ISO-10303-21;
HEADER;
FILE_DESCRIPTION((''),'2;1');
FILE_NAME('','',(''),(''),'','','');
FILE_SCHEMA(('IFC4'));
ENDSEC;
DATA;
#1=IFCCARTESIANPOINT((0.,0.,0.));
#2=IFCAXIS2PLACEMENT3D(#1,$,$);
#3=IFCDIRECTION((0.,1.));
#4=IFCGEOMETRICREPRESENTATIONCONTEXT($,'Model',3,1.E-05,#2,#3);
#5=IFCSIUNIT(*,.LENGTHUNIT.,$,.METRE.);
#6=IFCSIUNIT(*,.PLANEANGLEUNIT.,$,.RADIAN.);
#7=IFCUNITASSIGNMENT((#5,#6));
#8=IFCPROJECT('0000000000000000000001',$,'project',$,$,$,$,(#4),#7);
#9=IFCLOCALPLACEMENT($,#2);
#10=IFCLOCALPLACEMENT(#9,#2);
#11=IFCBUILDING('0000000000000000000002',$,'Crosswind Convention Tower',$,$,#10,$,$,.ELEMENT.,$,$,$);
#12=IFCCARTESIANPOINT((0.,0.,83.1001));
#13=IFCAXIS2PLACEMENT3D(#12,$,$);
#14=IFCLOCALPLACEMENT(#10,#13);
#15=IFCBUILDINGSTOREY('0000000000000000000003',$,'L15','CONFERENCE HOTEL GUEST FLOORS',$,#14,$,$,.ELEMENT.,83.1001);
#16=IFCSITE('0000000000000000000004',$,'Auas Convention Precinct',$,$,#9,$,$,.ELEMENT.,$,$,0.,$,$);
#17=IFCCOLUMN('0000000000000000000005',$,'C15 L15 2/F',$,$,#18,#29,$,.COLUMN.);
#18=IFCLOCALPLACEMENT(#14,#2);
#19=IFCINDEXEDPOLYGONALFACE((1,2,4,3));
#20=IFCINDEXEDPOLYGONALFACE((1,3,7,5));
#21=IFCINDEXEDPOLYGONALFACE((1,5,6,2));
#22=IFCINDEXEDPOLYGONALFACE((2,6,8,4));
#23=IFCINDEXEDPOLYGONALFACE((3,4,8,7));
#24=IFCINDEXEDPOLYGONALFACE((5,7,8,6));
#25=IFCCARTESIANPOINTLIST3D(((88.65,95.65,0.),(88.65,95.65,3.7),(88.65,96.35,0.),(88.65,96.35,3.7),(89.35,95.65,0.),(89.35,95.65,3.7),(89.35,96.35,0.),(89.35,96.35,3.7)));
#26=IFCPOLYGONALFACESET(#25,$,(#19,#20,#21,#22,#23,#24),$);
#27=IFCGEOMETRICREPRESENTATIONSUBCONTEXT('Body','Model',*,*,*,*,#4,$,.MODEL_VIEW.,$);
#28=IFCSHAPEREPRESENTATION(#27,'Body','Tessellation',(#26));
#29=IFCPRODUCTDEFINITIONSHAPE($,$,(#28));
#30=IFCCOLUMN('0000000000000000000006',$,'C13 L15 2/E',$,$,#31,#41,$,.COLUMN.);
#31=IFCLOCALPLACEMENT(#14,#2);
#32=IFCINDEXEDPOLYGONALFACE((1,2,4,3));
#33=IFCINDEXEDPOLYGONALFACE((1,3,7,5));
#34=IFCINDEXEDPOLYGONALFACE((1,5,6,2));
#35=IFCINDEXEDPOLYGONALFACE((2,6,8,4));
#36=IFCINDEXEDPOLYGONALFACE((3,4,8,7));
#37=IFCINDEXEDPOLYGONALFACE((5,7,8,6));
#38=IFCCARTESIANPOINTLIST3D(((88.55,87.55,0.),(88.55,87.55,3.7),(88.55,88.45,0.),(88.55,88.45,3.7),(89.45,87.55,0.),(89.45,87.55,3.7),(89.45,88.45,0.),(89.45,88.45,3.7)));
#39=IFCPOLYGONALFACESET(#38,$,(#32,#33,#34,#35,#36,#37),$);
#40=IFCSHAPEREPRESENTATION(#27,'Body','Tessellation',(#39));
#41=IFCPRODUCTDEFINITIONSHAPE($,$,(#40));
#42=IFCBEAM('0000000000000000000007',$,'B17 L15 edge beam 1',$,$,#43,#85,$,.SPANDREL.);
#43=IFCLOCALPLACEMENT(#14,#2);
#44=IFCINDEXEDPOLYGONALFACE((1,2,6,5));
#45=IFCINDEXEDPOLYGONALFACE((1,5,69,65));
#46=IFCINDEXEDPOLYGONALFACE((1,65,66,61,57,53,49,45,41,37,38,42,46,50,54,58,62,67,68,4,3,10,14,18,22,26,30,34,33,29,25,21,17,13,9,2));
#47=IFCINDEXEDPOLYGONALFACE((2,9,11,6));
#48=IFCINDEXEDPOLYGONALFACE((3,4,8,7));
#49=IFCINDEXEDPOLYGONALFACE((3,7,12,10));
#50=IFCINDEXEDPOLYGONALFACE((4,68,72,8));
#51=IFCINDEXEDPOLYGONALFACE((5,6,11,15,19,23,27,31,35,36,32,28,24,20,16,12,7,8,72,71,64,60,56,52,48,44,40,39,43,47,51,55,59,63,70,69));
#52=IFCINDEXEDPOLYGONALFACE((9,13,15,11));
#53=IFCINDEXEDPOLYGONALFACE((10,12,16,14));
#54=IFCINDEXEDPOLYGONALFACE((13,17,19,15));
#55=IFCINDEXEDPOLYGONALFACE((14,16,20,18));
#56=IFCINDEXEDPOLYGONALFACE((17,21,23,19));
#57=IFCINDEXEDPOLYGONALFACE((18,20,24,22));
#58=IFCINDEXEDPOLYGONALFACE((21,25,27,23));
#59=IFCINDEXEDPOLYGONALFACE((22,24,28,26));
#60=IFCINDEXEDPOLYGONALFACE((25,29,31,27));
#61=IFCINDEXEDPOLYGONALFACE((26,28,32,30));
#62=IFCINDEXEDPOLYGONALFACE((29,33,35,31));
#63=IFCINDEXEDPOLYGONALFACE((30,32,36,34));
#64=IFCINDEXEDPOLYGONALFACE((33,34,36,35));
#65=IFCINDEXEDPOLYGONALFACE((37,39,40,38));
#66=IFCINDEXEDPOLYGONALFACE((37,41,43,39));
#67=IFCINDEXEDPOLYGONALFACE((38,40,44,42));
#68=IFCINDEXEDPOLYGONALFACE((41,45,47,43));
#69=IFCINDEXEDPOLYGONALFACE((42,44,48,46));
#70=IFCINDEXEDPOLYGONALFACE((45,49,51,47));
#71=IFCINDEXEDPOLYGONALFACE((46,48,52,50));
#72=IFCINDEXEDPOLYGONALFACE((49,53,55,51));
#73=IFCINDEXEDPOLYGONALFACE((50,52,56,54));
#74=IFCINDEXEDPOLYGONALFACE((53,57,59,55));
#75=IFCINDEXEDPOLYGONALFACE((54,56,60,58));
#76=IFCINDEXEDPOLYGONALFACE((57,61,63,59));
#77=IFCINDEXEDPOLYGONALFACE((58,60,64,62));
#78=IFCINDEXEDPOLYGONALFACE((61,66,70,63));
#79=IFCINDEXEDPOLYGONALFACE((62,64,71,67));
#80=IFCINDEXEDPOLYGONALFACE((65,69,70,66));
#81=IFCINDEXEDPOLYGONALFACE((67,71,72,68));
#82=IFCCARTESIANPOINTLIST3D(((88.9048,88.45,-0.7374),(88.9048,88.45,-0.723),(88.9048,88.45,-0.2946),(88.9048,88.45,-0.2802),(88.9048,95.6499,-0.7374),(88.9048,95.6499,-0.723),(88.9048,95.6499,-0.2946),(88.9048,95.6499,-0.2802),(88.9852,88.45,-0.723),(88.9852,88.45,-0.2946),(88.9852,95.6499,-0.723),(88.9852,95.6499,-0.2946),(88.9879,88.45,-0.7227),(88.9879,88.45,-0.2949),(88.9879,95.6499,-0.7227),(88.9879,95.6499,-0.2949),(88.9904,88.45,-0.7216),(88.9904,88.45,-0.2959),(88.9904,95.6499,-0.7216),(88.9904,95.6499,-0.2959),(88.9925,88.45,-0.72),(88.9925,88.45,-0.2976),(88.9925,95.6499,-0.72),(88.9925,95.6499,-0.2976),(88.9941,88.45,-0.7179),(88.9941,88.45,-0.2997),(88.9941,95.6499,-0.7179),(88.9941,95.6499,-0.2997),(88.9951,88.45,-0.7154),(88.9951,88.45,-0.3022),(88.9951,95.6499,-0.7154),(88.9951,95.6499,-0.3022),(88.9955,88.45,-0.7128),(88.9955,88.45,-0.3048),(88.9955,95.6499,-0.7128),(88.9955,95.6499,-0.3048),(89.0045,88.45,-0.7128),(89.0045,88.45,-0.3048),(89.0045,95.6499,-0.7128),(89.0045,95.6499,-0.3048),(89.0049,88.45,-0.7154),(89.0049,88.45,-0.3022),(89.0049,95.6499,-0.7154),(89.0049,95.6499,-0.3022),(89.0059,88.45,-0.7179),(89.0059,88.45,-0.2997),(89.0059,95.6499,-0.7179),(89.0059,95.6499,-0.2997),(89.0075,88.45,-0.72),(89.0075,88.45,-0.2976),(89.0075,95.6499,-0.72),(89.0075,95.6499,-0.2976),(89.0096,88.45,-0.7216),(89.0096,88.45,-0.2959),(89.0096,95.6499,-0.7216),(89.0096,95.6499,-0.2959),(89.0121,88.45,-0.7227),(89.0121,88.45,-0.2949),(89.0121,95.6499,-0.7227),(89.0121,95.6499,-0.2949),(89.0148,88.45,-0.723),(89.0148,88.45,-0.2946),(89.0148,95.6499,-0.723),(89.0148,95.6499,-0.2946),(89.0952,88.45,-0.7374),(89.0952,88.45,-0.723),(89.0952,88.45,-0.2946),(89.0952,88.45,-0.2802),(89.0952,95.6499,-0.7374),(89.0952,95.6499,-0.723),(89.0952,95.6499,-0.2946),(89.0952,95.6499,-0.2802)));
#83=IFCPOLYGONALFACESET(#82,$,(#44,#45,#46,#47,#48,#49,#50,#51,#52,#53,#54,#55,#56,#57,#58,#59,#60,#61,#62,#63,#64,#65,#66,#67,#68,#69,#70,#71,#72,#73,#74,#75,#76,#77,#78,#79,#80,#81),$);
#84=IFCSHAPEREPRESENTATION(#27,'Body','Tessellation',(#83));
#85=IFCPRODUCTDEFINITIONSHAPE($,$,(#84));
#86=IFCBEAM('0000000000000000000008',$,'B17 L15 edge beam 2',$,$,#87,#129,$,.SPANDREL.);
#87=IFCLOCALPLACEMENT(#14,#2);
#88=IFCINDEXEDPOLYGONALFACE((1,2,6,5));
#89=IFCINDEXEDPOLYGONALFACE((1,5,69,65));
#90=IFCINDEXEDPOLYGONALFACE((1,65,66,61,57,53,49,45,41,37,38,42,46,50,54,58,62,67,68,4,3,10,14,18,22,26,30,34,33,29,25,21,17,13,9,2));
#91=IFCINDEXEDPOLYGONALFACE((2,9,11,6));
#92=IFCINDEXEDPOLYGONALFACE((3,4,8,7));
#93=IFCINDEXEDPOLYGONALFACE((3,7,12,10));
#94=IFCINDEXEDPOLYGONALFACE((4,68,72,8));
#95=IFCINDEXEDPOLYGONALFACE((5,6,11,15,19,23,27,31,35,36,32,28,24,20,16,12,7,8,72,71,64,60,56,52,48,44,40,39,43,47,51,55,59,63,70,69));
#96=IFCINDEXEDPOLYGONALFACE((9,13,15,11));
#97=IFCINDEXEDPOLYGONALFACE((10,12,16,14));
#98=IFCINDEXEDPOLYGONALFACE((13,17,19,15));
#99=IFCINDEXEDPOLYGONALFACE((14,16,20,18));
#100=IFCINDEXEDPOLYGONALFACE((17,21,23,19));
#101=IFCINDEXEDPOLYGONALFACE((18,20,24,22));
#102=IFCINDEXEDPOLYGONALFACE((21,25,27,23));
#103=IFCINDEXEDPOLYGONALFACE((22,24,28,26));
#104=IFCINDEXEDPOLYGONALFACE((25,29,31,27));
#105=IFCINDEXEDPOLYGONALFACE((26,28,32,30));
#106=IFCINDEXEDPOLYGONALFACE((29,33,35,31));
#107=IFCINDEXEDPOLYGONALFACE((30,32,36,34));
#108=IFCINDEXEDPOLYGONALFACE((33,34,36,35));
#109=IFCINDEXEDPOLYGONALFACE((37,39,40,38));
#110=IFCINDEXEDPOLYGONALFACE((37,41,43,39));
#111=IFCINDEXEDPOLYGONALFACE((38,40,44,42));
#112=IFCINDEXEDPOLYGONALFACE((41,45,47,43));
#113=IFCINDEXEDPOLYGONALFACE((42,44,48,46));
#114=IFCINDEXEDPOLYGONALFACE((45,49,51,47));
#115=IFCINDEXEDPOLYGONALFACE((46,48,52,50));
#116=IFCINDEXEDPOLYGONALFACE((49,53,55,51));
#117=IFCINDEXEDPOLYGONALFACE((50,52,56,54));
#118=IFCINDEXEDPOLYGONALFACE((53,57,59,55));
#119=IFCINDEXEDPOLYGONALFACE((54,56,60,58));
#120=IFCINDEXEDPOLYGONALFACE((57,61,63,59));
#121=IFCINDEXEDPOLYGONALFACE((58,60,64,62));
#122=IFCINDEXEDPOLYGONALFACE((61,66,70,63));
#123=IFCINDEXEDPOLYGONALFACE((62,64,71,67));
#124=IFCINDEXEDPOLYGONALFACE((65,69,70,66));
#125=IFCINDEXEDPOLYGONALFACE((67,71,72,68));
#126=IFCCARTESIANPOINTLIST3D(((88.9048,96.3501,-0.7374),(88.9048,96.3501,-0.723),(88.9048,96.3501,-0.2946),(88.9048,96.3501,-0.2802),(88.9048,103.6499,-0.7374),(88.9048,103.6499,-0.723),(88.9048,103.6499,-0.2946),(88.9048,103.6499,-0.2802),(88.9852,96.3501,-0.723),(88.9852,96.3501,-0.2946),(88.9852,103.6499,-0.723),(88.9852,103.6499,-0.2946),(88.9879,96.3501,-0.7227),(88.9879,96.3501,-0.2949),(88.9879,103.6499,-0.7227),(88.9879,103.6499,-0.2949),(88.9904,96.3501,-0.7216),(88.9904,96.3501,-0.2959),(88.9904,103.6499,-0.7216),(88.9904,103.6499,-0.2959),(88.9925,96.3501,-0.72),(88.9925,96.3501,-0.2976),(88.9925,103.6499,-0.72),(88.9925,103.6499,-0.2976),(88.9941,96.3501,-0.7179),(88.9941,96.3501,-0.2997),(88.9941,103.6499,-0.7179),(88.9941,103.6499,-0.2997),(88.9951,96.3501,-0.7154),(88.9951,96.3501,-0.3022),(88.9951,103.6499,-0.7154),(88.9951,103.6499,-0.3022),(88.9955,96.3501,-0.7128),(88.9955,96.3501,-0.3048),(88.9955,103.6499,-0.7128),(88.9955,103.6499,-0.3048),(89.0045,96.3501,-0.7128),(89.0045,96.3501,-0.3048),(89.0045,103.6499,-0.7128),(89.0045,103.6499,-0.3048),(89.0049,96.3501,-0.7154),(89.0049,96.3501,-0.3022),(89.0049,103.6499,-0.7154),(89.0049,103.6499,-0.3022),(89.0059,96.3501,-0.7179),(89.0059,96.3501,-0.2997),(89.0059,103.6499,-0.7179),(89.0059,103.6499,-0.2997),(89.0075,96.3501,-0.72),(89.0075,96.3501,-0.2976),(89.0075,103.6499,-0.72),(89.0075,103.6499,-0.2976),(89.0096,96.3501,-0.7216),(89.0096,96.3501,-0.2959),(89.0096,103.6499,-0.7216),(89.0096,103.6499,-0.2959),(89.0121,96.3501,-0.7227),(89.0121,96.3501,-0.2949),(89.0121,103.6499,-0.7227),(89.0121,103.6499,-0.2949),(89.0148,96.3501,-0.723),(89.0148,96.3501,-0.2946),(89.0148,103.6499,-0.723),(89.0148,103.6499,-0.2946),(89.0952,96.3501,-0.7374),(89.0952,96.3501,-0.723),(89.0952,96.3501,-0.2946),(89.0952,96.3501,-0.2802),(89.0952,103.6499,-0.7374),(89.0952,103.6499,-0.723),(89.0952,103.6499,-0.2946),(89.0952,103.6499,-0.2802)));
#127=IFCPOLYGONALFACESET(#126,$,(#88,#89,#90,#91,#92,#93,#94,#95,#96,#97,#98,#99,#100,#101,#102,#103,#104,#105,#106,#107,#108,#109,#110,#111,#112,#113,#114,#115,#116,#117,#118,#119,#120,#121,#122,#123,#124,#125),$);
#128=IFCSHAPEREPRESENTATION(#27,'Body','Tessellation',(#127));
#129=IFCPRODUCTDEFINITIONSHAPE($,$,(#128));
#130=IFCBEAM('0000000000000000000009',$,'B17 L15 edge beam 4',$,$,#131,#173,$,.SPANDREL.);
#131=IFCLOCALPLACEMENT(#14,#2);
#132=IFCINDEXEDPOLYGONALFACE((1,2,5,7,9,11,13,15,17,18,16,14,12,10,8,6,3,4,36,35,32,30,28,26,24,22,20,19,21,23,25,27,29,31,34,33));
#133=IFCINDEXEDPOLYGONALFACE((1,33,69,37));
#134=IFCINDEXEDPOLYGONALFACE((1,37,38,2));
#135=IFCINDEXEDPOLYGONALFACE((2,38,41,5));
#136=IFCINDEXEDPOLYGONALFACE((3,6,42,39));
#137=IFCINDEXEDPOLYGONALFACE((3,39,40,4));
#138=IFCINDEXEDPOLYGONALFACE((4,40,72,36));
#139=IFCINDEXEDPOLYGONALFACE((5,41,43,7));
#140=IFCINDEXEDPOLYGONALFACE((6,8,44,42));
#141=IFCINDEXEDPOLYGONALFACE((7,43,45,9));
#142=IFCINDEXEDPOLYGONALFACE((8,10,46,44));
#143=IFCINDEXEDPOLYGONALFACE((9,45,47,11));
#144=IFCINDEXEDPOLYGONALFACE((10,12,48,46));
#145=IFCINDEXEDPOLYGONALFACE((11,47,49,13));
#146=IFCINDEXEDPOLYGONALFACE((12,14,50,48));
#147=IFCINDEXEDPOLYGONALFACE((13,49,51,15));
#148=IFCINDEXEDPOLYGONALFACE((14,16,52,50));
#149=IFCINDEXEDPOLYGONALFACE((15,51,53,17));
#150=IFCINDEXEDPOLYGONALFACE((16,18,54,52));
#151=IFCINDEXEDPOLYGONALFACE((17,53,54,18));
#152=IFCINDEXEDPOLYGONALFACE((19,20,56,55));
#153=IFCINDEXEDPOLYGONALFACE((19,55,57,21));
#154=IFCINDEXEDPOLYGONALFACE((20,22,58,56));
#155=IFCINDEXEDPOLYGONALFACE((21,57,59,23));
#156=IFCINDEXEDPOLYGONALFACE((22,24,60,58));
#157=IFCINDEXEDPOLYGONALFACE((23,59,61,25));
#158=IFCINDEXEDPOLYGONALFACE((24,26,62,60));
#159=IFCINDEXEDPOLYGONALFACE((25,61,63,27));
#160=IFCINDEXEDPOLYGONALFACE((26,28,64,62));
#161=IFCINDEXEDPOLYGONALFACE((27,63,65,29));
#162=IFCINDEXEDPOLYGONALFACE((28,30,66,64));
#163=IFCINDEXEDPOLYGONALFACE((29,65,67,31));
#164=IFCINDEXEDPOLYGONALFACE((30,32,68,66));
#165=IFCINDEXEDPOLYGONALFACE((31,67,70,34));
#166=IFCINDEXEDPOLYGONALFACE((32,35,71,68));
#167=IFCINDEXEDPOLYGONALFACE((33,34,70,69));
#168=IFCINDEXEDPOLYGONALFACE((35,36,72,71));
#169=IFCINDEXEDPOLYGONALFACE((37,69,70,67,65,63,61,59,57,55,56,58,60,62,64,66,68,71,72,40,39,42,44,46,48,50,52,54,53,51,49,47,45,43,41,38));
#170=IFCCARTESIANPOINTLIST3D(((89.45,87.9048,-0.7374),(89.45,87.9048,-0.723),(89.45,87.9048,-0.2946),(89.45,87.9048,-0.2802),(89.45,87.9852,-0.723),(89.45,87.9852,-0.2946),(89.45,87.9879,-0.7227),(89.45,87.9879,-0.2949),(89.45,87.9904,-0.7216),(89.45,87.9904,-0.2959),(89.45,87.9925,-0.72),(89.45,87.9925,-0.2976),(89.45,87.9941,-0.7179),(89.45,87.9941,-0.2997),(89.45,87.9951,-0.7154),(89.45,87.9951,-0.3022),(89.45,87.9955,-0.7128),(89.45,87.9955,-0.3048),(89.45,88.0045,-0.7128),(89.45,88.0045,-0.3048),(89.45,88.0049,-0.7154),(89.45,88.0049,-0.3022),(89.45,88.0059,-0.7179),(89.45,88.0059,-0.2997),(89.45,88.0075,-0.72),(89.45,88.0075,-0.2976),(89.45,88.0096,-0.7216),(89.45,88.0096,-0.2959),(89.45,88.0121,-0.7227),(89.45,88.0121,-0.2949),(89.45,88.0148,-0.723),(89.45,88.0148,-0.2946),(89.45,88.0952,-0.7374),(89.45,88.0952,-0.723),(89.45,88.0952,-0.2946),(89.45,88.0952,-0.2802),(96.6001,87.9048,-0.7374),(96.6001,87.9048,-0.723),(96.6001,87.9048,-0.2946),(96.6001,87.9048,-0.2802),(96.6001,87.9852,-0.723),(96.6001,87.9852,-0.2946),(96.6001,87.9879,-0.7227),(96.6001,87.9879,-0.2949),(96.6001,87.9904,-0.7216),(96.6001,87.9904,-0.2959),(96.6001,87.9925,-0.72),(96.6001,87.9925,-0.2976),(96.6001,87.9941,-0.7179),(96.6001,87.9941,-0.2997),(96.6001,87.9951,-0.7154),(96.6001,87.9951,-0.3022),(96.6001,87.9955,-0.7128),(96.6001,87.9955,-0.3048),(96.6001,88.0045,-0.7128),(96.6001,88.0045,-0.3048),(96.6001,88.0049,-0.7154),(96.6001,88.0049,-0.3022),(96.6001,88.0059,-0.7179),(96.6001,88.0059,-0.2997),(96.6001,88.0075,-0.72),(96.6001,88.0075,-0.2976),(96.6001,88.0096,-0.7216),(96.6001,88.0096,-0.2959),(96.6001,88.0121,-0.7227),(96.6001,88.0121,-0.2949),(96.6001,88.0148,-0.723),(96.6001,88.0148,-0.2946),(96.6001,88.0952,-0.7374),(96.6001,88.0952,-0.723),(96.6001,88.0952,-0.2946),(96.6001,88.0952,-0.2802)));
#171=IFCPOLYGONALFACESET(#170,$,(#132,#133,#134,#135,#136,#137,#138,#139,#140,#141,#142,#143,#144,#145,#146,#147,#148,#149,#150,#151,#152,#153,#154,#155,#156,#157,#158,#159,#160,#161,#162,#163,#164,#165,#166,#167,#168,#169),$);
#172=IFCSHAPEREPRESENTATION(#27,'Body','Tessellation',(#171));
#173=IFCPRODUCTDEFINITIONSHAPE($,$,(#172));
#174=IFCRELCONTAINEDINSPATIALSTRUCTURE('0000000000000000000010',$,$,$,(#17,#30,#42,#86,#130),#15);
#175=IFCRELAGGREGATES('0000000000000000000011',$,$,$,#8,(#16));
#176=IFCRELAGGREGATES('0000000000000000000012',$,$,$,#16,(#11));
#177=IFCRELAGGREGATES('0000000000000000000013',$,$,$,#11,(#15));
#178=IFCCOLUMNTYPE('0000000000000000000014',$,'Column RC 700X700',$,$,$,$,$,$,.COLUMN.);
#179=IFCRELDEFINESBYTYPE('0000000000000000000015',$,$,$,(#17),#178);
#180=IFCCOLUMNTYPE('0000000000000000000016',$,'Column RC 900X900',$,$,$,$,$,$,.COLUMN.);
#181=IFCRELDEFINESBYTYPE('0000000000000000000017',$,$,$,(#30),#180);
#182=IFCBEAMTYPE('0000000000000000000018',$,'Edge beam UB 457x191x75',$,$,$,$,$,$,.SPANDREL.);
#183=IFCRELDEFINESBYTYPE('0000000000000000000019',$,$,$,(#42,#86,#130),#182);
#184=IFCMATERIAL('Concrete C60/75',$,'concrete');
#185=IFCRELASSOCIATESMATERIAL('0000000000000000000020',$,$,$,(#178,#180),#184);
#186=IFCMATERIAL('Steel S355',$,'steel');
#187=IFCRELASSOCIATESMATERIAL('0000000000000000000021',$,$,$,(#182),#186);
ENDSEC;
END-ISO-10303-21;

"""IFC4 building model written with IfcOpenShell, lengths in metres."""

from ifc_helpers import new_model, si_unit, direction, frame, origin, origin_2d, place, context, subcontext, project, spatial, rectangle, i_section, extrude, material, material_profile, profile_set, type_object, element, save


model = new_model("IFC4")

# Units and contexts
model_context = context("Model", 3, precision=1e-05, world=origin(), true_north=direction((0.0, 1.0)))
body_context = subcontext(model_context, "Body", "Model", "MODEL_VIEW")
ifc_project = project(units=[si_unit("LENGTHUNIT", "METRE"), si_unit("PLANEANGLEUNIT", "RADIAN")], contexts=[model_context])

# Site, building, storey
site_placement = place(None, origin())
site = spatial("IfcSite", under=ifc_project, at=site_placement, Name="Auas Convention Precinct", CompositionType="ELEMENT", RefElevation=0.0)
building_placement = place(site_placement, origin())
building = spatial("IfcBuilding", under=site, at=building_placement, Name="Crosswind Convention Tower", CompositionType="ELEMENT")
storey_placement = place(building_placement, frame((0.0, 0.0, 83.1001)))
storey = spatial("IfcBuildingStorey", under=building, at=storey_placement, Name="L15", Description="CONFERENCE HOTEL GUEST FLOORS", CompositionType="ELEMENT", Elevation=83.1001)

# Columns
ifc_material_1 = material(Name="Concrete C60/75", Category="concrete")
ifc_material_profile_1 = material_profile(ifc_material_1, rectangle(XDim=0.7, YDim=0.7, at=origin_2d()), Name="RC 700X700")
ifc_profile_set_1 = profile_set([ifc_material_profile_1], Name="Concrete C60/75")
column_type_1 = type_object("IfcColumnType", Name="Column RC 700X700", PredefinedType="COLUMN", material=ifc_profile_set_1)
column_1_placement = place(storey_placement, frame((89.0, 96.0, 0.0), z_axis=(0.0, 0.0, 1.0), x_axis=(1.0, 0.0, 0.0)))
element("IfcColumn", 1, at=column_1_placement, inside=storey, type_object=column_type_1, Name="C15 L15 2/F", PredefinedType="COLUMN", context=body_context, shape_type="SweptSolid", body=[
    extrude(rectangle(XDim=0.7, YDim=0.7, at=origin_2d()), origin(), (0.0, 0.0, 1.0), 3.7),
])
ifc_material_profile_2 = material_profile(ifc_material_1, rectangle(XDim=0.8999, YDim=0.8999, at=origin_2d()), Name="RC 900X900")
ifc_profile_set_2 = profile_set([ifc_material_profile_2], Name="Concrete C60/75")
column_type_2 = type_object("IfcColumnType", Name="Column RC 900X900", PredefinedType="COLUMN", material=ifc_profile_set_2)
column_2_placement = place(storey_placement, frame((89.0, 88.0, 0.0), z_axis=(0.0, 0.0, 1.0), x_axis=(1.0, 0.0, 0.0)))
element("IfcColumn", 2, at=column_2_placement, inside=storey, type_object=column_type_2, Name="C13 L15 2/E", PredefinedType="COLUMN", context=body_context, shape_type="SweptSolid", body=[
    extrude(rectangle(XDim=0.8999, YDim=0.8999, at=origin_2d()), origin(), (0.0, 0.0, 1.0), 3.7),
])

# Beams
ifc_material_2 = material(Name="Steel S355", Category="steel")
ifc_material_profile_3 = material_profile(ifc_material_2, i_section(OverallWidth=0.1904, OverallDepth=0.4573, WebThickness=0.009, FlangeThickness=0.0144, FilletRadius=0.0103, at=origin_2d()), Name="UB 457x191x75")
ifc_profile_set_3 = profile_set([ifc_material_profile_3], Name="Steel S355")
beam_type_1 = type_object("IfcBeamType", Name="Edge beam UB 457x191x75", PredefinedType="SPANDREL", material=ifc_profile_set_3)
beam_1_placement = place(storey_placement, frame((89.0, 88.45, -0.5088), z_axis=(0.0, 1.0, 0.0), x_axis=(-1.0, 0.0, 0.0)))
element("IfcBeam", 3, at=beam_1_placement, inside=storey, type_object=beam_type_1, Name="B17 L15 edge beam 1", PredefinedType="SPANDREL", context=body_context, shape_type="SweptSolid", body=[
    extrude(i_section(OverallWidth=0.1904, OverallDepth=0.4573, WebThickness=0.009, FlangeThickness=0.0144, FilletRadius=0.0103, at=origin_2d()), origin(), (0.0, 0.0, 1.0), 7.2),
])
beam_2_placement = place(storey_placement, frame((89.0, 96.3501, -0.5088), z_axis=(0.0, 1.0, 0.0), x_axis=(-1.0, 0.0, 0.0)))
element("IfcBeam", 4, at=beam_2_placement, inside=storey, type_object=beam_type_1, Name="B17 L15 edge beam 2", PredefinedType="SPANDREL", context=body_context, shape_type="SweptSolid", body=[
    extrude(i_section(OverallWidth=0.1904, OverallDepth=0.4573, WebThickness=0.009, FlangeThickness=0.0144, FilletRadius=0.0103, at=origin_2d()), origin(), (0.0, 0.0, 1.0), 7.2998),
])
beam_3_placement = place(storey_placement, frame((89.45, 88.0, -0.5088), z_axis=(1.0, 0.0, 0.0), x_axis=(0.0, 1.0, 0.0)))
element("IfcBeam", 5, at=beam_3_placement, inside=storey, type_object=beam_type_1, Name="B17 L15 edge beam 4", PredefinedType="SPANDREL", context=body_context, shape_type="SweptSolid", body=[
    extrude(i_section(OverallWidth=0.1904, OverallDepth=0.4573, WebThickness=0.009, FlangeThickness=0.0144, FilletRadius=0.0103, at=origin_2d()), origin(), (0.0, 0.0, 1.0), 7.1501),
])

save(model, "model.ifc")
